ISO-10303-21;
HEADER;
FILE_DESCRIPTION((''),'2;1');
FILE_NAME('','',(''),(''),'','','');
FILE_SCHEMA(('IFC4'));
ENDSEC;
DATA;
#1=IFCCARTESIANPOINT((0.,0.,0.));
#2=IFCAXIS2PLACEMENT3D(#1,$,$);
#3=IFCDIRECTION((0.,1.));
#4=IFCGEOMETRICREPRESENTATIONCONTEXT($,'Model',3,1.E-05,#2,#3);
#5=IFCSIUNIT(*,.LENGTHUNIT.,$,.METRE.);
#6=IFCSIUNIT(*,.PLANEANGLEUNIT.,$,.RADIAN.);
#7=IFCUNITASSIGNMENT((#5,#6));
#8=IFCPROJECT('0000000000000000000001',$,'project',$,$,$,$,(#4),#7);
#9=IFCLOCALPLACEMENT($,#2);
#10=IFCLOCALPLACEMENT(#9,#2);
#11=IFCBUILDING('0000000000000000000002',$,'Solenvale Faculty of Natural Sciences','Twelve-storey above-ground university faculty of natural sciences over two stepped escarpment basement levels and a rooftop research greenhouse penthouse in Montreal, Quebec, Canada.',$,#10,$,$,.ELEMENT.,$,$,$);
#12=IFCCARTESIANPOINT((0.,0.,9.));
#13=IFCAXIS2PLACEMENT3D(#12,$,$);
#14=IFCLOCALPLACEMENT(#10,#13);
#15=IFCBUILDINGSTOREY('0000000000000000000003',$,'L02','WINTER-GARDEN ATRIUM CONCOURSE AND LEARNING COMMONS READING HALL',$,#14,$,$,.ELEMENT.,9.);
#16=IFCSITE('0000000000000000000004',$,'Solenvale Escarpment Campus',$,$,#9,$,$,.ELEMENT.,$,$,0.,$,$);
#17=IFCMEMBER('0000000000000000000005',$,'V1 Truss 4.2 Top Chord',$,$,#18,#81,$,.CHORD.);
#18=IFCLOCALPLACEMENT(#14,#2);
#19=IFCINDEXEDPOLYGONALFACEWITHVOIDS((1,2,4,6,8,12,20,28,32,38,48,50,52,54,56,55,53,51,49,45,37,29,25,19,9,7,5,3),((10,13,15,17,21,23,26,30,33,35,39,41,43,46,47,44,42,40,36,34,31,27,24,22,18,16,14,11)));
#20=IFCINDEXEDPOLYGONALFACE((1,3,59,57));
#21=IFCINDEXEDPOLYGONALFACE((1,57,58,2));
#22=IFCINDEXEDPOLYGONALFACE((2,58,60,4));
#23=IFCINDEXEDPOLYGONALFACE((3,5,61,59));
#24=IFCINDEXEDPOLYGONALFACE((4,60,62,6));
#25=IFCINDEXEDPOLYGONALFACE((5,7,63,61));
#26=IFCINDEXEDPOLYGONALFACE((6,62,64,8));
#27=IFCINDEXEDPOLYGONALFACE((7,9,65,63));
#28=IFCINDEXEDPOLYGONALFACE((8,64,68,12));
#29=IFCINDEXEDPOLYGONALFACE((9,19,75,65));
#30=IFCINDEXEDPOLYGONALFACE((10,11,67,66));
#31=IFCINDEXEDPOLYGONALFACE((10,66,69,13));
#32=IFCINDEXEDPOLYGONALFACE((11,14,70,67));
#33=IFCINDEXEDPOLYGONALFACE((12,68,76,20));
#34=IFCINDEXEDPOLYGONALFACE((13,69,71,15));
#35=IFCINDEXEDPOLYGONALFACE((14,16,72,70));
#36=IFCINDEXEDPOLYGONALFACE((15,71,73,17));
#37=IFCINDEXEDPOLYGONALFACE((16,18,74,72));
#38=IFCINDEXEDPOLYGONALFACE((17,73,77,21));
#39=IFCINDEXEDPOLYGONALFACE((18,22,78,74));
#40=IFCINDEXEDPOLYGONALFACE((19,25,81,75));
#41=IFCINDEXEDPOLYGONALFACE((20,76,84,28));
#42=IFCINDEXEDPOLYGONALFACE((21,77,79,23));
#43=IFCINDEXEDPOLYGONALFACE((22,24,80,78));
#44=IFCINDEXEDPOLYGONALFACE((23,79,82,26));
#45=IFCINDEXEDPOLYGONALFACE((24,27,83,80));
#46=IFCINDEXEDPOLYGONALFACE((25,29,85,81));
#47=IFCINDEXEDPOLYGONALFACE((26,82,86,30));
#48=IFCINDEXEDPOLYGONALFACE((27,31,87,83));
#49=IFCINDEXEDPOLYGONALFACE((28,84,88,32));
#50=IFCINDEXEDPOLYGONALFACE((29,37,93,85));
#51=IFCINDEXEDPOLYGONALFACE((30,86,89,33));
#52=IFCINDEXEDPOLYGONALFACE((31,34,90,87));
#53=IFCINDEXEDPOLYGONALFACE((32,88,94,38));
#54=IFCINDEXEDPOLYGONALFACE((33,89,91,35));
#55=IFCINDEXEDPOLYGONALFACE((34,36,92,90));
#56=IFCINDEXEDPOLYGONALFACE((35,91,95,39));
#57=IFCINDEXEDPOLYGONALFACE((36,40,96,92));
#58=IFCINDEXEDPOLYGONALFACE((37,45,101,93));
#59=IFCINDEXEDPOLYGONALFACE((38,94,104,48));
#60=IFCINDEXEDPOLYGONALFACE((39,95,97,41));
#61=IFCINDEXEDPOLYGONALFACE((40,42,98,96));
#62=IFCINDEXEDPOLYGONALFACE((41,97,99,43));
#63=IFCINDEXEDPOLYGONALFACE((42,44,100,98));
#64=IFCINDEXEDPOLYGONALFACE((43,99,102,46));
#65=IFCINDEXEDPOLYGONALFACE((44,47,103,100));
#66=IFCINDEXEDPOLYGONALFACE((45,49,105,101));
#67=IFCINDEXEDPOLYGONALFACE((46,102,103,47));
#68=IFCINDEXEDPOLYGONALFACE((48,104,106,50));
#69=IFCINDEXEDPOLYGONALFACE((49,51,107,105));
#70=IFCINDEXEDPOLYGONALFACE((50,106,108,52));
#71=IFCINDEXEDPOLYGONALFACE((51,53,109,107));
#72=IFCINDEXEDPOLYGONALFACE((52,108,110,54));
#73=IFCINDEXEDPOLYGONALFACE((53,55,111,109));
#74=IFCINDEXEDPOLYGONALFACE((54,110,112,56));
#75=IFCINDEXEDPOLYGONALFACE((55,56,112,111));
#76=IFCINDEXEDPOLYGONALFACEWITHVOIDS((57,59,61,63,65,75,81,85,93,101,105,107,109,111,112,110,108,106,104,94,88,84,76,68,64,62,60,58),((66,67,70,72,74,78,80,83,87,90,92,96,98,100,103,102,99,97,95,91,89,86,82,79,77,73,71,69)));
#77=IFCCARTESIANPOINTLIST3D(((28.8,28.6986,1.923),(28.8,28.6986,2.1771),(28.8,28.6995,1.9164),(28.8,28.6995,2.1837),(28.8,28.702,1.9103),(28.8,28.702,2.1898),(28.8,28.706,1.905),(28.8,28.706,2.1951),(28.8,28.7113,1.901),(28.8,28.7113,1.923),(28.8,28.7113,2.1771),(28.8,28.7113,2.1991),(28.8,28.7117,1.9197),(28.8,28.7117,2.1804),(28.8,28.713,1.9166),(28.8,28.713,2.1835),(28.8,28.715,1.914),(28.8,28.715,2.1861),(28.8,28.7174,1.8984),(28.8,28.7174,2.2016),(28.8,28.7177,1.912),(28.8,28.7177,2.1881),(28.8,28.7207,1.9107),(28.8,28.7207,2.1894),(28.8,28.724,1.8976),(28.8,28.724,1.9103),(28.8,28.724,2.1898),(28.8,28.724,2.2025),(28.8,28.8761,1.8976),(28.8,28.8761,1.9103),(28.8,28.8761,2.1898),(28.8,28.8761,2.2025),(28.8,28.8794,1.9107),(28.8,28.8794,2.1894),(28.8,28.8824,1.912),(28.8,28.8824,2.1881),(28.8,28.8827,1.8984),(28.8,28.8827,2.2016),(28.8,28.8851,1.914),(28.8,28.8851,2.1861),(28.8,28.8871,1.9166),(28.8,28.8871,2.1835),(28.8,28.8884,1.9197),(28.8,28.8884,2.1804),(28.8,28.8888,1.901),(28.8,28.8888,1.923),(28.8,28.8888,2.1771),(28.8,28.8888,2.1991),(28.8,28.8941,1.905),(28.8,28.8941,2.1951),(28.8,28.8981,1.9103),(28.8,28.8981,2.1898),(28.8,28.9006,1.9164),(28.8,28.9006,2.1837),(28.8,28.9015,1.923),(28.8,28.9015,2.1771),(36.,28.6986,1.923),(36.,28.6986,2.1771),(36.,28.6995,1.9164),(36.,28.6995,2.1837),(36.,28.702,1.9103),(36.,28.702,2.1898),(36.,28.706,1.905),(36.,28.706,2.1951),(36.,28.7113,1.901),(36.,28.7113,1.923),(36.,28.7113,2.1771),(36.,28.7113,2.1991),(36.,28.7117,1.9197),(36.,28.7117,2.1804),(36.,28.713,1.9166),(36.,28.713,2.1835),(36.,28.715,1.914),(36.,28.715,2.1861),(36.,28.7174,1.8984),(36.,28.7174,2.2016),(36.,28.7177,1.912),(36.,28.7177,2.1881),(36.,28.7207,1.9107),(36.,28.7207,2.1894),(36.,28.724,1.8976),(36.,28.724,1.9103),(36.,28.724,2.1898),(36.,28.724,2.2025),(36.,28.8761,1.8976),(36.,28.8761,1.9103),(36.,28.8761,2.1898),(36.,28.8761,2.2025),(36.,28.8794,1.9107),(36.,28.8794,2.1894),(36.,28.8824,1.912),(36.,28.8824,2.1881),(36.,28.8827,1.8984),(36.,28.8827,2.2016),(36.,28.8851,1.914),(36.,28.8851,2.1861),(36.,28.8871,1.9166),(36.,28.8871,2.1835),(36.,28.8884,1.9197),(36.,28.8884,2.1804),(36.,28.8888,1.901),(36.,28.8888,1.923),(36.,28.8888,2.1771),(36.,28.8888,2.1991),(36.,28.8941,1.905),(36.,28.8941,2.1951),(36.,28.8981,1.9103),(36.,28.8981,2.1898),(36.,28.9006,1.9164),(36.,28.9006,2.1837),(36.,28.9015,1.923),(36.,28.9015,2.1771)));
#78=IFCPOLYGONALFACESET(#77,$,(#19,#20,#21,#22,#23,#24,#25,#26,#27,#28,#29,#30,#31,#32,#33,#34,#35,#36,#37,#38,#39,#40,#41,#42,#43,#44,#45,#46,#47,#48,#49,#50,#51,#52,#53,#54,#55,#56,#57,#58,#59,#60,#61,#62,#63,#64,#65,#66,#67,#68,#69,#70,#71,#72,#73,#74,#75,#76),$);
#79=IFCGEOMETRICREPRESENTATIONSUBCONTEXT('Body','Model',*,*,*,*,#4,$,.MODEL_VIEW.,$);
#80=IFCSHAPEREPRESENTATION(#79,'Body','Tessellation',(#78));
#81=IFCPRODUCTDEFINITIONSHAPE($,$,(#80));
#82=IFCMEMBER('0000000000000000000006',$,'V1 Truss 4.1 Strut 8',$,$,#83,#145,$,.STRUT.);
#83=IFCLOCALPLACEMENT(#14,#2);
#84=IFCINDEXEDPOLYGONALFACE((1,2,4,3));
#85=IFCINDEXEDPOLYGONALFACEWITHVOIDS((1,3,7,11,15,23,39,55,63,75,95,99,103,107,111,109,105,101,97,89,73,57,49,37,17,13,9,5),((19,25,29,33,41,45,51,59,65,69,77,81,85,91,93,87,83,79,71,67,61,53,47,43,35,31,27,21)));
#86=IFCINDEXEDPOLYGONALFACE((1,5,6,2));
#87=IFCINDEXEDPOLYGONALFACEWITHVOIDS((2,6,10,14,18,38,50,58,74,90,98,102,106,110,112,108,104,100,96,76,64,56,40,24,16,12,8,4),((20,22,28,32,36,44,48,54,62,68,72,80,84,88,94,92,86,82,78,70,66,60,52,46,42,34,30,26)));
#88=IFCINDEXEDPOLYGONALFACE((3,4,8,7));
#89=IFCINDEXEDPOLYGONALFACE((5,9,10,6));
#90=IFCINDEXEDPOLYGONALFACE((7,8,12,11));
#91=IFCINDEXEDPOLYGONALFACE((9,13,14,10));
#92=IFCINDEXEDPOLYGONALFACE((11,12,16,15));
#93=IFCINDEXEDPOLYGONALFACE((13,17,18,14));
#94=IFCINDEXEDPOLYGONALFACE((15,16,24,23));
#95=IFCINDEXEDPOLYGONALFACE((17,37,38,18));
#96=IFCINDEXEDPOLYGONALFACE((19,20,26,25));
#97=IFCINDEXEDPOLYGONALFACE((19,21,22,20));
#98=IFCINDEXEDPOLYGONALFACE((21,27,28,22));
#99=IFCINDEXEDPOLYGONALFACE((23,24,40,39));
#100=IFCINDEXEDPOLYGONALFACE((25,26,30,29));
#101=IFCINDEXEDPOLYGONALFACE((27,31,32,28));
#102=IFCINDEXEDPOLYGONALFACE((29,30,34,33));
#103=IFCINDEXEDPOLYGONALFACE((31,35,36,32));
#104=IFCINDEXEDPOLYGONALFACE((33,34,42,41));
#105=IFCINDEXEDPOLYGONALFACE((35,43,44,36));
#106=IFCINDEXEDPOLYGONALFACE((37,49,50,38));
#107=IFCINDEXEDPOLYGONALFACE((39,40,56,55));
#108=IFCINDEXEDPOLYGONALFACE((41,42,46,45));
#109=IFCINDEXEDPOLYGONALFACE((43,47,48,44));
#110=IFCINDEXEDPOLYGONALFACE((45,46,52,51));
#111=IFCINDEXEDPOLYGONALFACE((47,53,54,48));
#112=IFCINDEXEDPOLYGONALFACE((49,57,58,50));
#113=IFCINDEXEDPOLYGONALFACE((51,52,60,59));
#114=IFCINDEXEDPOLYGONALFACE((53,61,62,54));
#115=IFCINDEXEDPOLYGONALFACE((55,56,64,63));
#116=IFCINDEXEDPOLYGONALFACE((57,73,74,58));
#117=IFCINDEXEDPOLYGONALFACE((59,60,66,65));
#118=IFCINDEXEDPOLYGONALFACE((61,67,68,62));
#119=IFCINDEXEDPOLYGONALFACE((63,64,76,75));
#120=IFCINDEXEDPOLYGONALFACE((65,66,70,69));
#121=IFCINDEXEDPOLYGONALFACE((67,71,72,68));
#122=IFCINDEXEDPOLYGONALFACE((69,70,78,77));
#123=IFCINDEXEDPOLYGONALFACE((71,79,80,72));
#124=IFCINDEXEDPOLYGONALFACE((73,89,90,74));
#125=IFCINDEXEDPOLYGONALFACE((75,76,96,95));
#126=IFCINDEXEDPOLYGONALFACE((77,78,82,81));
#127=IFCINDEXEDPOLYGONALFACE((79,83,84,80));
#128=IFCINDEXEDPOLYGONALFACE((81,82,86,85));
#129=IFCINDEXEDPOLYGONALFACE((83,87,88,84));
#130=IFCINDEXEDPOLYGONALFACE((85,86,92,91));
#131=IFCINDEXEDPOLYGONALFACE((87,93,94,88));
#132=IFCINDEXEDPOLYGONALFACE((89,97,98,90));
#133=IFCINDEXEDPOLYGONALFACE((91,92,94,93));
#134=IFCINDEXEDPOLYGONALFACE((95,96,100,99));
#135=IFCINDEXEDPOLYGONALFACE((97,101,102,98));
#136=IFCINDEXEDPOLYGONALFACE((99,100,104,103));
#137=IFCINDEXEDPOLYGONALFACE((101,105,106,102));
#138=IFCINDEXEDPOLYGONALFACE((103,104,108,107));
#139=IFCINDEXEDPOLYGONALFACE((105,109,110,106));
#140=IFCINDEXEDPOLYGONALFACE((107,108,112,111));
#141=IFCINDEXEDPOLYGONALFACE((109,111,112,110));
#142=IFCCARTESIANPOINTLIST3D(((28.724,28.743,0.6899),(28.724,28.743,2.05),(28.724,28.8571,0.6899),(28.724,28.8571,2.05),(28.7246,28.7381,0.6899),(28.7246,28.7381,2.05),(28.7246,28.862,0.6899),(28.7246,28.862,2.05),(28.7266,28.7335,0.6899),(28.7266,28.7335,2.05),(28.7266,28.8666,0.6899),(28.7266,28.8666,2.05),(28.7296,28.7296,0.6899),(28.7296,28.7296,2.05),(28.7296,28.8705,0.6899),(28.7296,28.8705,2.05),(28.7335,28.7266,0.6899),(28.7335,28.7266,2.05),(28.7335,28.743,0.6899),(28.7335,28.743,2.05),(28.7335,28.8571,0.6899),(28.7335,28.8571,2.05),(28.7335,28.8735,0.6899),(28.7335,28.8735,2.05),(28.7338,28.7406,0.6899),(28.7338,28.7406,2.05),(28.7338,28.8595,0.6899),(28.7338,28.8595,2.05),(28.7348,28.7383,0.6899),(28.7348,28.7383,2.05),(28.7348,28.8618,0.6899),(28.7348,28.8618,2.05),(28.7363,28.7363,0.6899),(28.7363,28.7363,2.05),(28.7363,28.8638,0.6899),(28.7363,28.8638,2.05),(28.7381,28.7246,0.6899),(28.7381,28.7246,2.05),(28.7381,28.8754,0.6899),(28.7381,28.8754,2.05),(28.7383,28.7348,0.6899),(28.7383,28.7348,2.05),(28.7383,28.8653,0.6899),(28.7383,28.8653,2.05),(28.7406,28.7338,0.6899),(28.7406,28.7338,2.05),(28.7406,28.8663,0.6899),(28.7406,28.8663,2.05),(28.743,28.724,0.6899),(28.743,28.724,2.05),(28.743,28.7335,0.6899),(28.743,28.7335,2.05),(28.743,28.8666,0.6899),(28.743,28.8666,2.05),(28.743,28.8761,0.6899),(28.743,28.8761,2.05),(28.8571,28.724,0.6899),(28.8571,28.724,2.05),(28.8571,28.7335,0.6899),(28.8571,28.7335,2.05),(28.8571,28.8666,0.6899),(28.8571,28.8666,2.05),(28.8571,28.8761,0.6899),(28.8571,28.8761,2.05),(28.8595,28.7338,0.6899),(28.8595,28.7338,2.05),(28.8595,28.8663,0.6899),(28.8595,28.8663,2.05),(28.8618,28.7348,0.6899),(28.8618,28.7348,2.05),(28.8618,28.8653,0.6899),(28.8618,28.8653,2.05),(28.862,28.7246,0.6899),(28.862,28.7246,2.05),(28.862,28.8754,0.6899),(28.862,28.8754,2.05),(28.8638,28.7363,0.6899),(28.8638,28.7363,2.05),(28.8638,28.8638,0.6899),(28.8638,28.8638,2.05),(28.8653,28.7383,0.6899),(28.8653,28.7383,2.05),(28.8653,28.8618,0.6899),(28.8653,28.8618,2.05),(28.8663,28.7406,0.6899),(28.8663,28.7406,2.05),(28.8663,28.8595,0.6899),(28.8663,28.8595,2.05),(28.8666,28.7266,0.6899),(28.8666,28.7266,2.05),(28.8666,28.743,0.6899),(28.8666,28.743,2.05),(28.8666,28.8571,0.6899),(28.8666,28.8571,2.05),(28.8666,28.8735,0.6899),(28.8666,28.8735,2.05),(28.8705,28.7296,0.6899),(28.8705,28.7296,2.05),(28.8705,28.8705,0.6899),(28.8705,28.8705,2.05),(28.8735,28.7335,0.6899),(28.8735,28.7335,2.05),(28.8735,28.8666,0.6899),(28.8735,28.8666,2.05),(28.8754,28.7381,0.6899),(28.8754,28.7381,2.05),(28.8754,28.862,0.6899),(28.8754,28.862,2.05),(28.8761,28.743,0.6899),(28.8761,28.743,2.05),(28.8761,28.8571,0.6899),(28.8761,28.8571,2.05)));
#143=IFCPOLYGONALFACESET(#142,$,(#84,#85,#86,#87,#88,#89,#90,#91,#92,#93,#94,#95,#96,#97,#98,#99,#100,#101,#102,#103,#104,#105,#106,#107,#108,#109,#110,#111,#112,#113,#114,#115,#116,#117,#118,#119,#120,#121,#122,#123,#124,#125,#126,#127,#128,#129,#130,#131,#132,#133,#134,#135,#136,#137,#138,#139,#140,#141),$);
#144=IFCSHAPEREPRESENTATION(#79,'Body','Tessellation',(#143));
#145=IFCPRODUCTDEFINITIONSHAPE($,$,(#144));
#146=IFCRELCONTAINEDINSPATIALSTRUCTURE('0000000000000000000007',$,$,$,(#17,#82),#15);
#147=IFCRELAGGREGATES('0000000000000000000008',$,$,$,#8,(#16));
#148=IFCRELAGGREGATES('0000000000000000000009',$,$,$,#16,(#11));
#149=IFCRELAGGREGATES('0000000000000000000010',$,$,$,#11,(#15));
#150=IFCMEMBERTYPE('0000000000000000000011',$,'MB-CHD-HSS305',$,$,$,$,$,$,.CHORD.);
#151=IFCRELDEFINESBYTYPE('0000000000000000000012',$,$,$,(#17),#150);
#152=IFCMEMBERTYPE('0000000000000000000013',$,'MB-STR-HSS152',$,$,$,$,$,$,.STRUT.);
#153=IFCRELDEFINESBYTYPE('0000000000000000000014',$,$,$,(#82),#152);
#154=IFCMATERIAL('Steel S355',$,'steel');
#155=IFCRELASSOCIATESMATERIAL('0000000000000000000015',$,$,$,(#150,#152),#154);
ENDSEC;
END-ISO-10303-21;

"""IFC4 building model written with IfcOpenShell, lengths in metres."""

from ifc_helpers import new_model, si_unit, direction, frame, origin, origin_2d, place, context, subcontext, project, spatial, hollow_rectangle, extrude, material, material_profile, profile_set, type_object, element, save


model = new_model("IFC4")

# Units and contexts
model_context = context("Model", 3, precision=1e-05, world=origin(), true_north=direction((0.0, 1.0)))
body_context = subcontext(model_context, "Body", "Model", "MODEL_VIEW")
ifc_project = project(units=[si_unit("LENGTHUNIT", "METRE"), si_unit("PLANEANGLEUNIT", "RADIAN")], contexts=[model_context])

# Site, building, storey
site_placement = place(None, origin())
site = spatial("IfcSite", under=ifc_project, at=site_placement, Name="Solenvale Escarpment Campus", CompositionType="ELEMENT", RefElevation=0.0)
building_placement = place(site_placement, origin())
building = spatial("IfcBuilding", under=site, at=building_placement, Name="Solenvale Faculty of Natural Sciences", Description="Twelve-storey above-ground university faculty of natural sciences over two stepped escarpment basement levels and a rooftop research greenhouse penthouse in Montreal, Quebec, Canada.", CompositionType="ELEMENT")
storey_placement = place(building_placement, frame((0.0, 0.0, 9.0)))
storey = spatial("IfcBuildingStorey", under=building, at=storey_placement, Name="L02", Description="WINTER-GARDEN ATRIUM CONCOURSE AND LEARNING COMMONS READING HALL", CompositionType="ELEMENT", Elevation=9.0)

# Shared definitions
ifc_material_1 = material(Name="Steel S355", Category="steel")

# Members
ifc_material_profile_1 = material_profile(ifc_material_1, hollow_rectangle(XDim=0.2029, YDim=0.3049, WallThickness=0.0127, InnerFilletRadius=0.0127, OuterFilletRadius=0.0254, at=origin_2d()), Name="HSS305x203x13")
ifc_profile_set_1 = profile_set([ifc_material_profile_1], Name="Steel S355")
member_type_1 = type_object("IfcMemberType", Name="MB-CHD-HSS305", PredefinedType="CHORD", material=ifc_profile_set_1)
member_1_placement = place(storey_placement, frame((28.8, 28.8, 2.05), z_axis=(1.0, 0.0, 0.0), x_axis=(0.0, 1.0, 0.0)))
element("IfcMember", 1, at=member_1_placement, inside=storey, type_object=member_type_1, Name="V1 Truss 4.2 Top Chord", PredefinedType="CHORD", context=body_context, shape_type="SweptSolid", body=[
    extrude(hollow_rectangle(XDim=0.2029, YDim=0.3049, WallThickness=0.0127, InnerFilletRadius=0.0127, OuterFilletRadius=0.0254, at=origin_2d()), origin(), (0.0, 0.0, 1.0), 7.2),
])
ifc_material_profile_2 = material_profile(ifc_material_1, hollow_rectangle(XDim=0.1521, YDim=0.1521, WallThickness=0.0095, InnerFilletRadius=0.0095, OuterFilletRadius=0.019, at=origin_2d()), Name="HSS152x152x9.5")
ifc_profile_set_2 = profile_set([ifc_material_profile_2], Name="Steel S355")
member_type_2 = type_object("IfcMemberType", Name="MB-STR-HSS152", PredefinedType="STRUT", material=ifc_profile_set_2)
for number, where, z_axis, x_axis, name in (
    (2, (28.8, 28.8, 0.6899), (0.0, 0.0, 1.0), (1.0, 0.0, 0.0), "V1 Truss 4.1 Strut 8"),
):
    element("IfcMember", number, at=place(storey_placement, frame(where, z_axis=z_axis, x_axis=x_axis)), inside=storey, type_object=member_type_2, Name=name, PredefinedType="STRUT", context=body_context, shape_type="SweptSolid", body=[
        extrude(hollow_rectangle(XDim=0.1521, YDim=0.1521, WallThickness=0.0095, InnerFilletRadius=0.0095, OuterFilletRadius=0.019, at=origin_2d()), origin(), (0.0, 0.0, 1.0), 1.3601),
    ])

save(model, "model.ifc")
